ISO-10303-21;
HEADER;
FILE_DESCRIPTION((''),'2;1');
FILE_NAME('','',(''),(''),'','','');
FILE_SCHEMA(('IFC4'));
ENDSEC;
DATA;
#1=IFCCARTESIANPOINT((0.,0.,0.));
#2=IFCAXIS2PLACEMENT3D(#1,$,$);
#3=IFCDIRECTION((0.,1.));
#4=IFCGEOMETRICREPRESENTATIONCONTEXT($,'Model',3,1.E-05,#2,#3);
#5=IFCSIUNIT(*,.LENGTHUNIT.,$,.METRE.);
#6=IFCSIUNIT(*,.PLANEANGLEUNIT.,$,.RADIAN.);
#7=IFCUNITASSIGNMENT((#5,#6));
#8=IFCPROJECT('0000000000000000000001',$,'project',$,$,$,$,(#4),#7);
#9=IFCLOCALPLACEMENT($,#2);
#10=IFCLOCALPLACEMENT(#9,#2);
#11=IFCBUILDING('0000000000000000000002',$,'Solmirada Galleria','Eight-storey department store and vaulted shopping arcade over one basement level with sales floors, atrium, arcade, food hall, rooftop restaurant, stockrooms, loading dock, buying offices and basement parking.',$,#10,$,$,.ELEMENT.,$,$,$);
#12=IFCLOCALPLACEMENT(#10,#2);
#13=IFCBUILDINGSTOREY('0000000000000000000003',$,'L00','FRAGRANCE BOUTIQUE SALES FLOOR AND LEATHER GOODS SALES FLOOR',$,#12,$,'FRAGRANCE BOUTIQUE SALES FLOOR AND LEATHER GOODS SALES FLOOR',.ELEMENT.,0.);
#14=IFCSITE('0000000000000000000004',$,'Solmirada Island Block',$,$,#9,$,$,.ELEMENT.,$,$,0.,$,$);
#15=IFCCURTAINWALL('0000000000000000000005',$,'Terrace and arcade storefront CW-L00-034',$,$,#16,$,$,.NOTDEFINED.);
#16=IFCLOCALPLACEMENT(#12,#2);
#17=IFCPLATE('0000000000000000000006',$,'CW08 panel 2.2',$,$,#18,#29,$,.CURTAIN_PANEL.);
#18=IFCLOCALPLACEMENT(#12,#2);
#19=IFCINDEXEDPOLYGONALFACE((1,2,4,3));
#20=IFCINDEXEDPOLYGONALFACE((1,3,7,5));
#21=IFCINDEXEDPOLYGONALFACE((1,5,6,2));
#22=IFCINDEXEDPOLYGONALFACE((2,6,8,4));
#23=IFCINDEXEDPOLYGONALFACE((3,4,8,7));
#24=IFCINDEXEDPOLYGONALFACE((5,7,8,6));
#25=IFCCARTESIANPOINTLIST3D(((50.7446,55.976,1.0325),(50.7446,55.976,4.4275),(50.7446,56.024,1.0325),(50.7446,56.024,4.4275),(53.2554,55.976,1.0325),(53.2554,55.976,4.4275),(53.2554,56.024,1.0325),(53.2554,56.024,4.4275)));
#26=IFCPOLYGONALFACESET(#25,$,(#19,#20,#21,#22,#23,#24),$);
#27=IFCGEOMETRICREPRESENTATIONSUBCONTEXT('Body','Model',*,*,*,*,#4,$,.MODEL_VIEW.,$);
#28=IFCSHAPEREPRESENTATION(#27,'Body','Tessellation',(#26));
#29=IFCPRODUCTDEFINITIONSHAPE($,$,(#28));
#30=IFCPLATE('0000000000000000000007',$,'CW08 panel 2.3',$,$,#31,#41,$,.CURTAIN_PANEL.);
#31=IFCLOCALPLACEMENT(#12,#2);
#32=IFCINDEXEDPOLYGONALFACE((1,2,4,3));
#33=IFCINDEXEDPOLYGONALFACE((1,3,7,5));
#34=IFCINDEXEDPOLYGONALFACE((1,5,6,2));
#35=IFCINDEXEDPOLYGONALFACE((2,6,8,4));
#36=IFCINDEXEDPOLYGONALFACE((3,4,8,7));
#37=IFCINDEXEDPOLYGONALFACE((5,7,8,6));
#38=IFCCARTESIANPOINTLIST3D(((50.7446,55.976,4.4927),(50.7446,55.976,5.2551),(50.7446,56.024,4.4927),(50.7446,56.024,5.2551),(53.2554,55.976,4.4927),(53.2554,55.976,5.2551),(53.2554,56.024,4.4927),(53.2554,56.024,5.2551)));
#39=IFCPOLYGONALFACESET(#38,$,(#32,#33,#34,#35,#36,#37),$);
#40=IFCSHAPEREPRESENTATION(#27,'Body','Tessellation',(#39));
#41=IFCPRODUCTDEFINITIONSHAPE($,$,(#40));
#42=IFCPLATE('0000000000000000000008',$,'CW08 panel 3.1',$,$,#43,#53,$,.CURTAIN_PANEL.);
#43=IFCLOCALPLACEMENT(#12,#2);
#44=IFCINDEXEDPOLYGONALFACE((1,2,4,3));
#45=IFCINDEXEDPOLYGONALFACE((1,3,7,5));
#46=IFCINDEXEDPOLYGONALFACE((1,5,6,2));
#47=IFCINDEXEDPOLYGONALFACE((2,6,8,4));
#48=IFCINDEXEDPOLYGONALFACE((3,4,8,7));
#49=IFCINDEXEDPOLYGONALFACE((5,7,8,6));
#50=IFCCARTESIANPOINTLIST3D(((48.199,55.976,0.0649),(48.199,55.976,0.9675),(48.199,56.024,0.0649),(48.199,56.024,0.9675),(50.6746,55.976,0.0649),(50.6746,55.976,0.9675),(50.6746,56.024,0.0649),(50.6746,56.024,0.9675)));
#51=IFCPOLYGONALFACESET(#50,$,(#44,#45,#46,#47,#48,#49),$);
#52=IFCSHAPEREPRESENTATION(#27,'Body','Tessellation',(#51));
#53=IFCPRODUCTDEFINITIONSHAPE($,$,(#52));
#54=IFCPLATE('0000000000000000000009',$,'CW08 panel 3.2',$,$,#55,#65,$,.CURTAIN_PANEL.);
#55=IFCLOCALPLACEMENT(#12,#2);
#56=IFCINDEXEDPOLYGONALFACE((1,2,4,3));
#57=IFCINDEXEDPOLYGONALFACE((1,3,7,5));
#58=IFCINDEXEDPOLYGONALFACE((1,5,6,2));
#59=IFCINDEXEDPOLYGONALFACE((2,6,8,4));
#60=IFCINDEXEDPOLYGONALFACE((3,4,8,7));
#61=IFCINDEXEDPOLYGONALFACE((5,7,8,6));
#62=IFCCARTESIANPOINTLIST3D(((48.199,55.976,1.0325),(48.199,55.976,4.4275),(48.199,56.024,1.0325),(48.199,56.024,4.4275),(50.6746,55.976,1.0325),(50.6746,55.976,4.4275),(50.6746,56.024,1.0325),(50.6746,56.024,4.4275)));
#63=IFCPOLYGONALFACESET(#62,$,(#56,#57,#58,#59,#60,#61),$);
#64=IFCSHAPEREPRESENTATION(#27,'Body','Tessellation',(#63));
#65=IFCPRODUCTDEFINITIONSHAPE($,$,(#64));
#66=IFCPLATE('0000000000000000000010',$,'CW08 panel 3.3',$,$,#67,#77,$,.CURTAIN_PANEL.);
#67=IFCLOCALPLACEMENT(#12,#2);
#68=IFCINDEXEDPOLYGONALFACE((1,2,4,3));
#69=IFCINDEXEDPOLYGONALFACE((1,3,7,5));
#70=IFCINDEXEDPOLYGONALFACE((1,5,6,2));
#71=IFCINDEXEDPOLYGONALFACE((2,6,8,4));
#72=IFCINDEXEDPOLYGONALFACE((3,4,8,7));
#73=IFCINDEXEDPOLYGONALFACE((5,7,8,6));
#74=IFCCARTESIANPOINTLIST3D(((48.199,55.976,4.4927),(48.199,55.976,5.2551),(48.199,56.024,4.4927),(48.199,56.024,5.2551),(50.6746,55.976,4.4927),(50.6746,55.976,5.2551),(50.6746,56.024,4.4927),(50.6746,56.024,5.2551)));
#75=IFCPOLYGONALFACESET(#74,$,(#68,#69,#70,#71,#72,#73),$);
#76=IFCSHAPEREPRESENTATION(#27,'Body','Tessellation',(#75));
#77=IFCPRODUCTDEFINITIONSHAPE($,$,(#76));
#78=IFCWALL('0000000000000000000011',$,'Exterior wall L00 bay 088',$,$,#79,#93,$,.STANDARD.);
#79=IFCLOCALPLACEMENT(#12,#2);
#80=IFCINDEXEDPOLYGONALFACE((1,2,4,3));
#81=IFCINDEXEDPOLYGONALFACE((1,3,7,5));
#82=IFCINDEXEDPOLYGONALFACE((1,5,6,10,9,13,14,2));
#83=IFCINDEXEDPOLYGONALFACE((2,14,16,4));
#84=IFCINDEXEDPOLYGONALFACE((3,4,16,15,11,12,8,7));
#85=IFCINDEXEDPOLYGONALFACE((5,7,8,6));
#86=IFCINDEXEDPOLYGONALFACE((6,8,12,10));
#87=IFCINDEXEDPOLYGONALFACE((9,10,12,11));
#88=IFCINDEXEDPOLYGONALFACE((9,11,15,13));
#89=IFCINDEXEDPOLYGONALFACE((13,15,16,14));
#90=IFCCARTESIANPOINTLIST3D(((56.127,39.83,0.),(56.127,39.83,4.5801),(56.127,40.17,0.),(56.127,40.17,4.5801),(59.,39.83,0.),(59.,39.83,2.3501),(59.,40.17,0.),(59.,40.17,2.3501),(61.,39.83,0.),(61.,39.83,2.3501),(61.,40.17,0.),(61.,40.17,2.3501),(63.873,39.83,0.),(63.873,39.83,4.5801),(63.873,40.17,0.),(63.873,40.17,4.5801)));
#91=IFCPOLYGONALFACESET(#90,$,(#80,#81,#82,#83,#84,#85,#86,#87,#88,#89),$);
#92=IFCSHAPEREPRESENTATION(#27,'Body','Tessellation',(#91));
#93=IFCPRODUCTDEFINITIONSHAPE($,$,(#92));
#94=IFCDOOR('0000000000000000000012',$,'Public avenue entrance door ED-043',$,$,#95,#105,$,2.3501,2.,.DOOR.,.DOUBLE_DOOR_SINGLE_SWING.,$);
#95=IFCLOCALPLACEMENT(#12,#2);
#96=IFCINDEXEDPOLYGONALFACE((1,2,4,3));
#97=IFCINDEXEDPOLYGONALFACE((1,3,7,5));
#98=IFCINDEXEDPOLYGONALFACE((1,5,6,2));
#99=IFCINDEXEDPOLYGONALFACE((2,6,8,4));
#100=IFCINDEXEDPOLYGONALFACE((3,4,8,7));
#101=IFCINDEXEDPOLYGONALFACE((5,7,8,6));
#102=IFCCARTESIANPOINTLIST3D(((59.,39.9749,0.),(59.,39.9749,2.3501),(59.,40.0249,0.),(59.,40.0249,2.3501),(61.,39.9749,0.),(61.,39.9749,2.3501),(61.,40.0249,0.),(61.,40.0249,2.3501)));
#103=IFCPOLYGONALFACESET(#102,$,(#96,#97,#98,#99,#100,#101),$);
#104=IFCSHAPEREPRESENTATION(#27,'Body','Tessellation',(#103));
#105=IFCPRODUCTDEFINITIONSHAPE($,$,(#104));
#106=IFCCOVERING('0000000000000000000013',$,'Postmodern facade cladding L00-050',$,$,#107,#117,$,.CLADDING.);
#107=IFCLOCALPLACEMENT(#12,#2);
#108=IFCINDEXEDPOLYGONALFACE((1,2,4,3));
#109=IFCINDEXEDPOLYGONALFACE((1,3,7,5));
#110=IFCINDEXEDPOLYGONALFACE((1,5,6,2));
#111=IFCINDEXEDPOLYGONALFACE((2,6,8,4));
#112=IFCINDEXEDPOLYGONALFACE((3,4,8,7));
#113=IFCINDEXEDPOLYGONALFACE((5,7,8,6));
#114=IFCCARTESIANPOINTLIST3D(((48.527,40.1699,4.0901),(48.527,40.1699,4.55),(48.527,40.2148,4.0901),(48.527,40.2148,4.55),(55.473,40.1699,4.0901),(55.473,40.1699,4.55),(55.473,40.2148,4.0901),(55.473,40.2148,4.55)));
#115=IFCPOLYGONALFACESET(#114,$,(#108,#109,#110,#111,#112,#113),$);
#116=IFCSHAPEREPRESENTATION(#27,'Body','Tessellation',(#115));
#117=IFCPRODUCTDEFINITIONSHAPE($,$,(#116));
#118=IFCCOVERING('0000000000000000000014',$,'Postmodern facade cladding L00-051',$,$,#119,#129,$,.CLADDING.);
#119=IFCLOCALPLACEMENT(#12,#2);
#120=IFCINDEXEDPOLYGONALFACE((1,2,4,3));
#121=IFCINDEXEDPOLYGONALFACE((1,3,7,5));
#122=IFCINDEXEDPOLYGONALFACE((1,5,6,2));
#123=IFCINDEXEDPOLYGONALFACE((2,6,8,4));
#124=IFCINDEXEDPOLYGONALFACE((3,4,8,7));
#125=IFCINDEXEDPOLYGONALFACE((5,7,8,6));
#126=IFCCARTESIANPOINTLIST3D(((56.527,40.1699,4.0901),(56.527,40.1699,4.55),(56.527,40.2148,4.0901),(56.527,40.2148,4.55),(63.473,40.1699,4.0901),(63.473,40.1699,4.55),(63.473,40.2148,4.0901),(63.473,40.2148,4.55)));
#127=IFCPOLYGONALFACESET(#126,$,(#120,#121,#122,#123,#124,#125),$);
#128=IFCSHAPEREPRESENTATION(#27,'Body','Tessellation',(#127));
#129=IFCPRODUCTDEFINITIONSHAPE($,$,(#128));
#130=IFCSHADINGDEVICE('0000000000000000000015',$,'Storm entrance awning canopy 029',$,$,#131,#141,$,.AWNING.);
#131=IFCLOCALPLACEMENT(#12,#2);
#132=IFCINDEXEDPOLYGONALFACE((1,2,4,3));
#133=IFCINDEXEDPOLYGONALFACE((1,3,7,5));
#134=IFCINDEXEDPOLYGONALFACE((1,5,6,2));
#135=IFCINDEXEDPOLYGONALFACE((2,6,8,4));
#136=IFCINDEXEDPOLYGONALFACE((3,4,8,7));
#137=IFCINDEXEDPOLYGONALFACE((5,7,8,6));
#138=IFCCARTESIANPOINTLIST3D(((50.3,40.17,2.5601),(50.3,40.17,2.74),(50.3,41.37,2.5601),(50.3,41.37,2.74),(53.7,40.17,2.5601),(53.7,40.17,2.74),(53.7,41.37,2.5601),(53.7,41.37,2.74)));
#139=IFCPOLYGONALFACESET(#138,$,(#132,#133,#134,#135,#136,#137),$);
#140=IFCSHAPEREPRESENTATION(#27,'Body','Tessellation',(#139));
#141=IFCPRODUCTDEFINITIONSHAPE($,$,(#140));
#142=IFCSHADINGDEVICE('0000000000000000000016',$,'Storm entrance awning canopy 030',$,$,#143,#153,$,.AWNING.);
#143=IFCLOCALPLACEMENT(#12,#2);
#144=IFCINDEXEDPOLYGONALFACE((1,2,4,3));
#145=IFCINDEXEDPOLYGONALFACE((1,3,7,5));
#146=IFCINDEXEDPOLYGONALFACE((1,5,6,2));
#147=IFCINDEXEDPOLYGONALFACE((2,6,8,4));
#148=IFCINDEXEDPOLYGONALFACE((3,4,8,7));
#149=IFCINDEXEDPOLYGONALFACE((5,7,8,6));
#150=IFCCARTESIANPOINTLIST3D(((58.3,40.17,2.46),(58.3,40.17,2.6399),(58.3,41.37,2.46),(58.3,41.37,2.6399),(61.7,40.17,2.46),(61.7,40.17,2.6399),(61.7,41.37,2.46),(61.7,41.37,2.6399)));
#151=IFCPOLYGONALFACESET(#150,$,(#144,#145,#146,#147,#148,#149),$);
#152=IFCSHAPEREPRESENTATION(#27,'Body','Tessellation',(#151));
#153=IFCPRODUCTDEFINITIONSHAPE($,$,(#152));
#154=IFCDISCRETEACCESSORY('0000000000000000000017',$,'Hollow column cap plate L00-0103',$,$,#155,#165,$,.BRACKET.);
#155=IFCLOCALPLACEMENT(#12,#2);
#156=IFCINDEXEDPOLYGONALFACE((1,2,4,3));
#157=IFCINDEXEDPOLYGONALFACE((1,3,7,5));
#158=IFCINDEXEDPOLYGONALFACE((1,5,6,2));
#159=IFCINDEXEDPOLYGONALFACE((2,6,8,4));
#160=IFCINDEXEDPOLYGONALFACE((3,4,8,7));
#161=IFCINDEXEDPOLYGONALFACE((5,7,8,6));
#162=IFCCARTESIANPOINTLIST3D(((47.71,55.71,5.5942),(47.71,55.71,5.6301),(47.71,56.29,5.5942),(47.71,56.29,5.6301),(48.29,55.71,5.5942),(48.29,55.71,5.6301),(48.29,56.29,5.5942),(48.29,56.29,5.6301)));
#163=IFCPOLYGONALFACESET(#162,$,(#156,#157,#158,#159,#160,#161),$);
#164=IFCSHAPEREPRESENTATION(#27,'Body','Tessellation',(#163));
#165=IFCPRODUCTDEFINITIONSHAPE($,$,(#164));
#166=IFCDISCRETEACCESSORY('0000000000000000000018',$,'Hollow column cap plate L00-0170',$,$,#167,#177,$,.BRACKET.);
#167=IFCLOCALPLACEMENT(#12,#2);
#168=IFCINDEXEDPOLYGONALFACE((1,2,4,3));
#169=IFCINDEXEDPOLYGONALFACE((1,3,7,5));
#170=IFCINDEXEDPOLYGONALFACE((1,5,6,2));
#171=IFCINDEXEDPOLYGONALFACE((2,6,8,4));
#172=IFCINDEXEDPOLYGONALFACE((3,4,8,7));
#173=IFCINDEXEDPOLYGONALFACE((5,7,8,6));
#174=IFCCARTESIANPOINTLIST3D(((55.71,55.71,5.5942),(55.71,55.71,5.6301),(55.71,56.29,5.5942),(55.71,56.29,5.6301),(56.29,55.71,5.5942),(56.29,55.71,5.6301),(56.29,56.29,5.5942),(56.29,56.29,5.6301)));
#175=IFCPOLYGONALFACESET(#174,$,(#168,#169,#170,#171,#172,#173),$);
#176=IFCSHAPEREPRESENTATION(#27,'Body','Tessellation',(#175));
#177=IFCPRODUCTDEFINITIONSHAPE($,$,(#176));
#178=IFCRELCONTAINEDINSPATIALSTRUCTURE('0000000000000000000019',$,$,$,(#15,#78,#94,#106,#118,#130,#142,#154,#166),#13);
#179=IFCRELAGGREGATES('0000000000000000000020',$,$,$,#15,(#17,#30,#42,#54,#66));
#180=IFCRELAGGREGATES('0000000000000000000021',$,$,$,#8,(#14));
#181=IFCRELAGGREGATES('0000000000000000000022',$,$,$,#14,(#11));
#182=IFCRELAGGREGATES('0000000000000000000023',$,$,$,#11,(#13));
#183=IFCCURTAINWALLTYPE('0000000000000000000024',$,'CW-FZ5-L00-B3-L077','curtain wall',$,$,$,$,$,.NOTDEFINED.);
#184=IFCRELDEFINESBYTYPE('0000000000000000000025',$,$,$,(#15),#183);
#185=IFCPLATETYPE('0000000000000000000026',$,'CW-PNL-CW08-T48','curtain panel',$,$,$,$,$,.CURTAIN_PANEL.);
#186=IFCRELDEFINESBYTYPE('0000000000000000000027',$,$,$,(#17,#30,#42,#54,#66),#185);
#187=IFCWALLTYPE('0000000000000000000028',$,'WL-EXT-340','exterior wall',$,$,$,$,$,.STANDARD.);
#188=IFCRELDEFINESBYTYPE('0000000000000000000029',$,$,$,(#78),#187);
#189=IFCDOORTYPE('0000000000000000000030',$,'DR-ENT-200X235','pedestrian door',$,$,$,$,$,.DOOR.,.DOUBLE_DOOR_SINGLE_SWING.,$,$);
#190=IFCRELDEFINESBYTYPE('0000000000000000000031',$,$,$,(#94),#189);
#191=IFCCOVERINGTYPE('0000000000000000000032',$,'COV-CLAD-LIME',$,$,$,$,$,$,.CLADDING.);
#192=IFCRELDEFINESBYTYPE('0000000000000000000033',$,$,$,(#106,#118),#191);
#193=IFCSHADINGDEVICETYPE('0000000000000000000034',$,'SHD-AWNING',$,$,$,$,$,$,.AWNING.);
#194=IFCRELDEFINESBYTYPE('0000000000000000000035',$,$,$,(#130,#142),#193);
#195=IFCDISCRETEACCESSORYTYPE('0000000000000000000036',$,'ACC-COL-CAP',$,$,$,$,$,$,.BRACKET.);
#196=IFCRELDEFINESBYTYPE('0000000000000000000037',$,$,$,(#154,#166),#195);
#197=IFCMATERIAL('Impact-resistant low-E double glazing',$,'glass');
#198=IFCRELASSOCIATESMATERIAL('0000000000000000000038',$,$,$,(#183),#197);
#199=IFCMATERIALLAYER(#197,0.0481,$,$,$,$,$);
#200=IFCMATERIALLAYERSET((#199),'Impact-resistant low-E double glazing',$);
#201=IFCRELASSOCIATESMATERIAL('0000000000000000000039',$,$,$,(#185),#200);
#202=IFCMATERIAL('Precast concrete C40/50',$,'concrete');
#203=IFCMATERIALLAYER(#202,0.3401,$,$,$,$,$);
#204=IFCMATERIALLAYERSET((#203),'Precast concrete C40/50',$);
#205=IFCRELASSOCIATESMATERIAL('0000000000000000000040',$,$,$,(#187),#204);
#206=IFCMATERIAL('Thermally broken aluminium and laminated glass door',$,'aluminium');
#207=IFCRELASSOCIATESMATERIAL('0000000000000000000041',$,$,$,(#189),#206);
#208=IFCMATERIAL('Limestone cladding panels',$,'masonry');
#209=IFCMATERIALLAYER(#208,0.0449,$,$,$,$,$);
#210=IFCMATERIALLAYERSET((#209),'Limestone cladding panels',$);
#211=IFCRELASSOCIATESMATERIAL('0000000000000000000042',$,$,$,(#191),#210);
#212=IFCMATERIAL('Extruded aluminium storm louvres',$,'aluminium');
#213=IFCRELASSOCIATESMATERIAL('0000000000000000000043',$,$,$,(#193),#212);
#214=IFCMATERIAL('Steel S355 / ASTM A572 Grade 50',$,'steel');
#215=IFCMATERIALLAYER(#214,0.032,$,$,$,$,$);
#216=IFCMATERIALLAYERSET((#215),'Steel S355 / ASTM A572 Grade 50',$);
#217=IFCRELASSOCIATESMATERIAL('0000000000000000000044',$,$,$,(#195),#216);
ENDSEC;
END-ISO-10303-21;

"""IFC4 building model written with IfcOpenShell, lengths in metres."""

from ifc_helpers import new_model, si_unit, direction, frame, frame_2d, origin, origin_2d, place, context, subcontext, project, spatial, rectangle, extrude, material, layer, layer_set, type_object, element, fill, aggregate, save


model = new_model("IFC4")

# Units and contexts
model_context = context("Model", 3, precision=1e-05, world=origin(), true_north=direction((0.0, 1.0)))
body_context = subcontext(model_context, "Body", "Model", "MODEL_VIEW")
ifc_project = project(units=[si_unit("LENGTHUNIT", "METRE"), si_unit("PLANEANGLEUNIT", "RADIAN")], contexts=[model_context])

# Site, building, storey
site_placement = place(None, origin())
site = spatial("IfcSite", under=ifc_project, at=site_placement, Name="Solmirada Island Block", CompositionType="ELEMENT", RefElevation=0.0)
building_placement = place(site_placement, origin())
building = spatial("IfcBuilding", under=site, at=building_placement, Name="Solmirada Galleria", Description="Eight-storey department store and vaulted shopping arcade over one basement level with sales floors, atrium, arcade, food hall, rooftop restaurant, stockrooms, loading dock, buying offices and basement parking.", CompositionType="ELEMENT")
storey_placement = place(building_placement, origin())
storey = spatial("IfcBuildingStorey", under=building, at=storey_placement, Name="L00", Description="FRAGRANCE BOUTIQUE SALES FLOOR AND LEATHER GOODS SALES FLOOR", LongName="FRAGRANCE BOUTIQUE SALES FLOOR AND LEATHER GOODS SALES FLOOR", CompositionType="ELEMENT", Elevation=0.0)

# Curtain wall, plates
ifc_material_1 = material(Name="Impact-resistant low-E double glazing", Category="glass")
curtain_wall_type = type_object("IfcCurtainWallType", Name="CW-FZ5-L00-B3-L077", Description="curtain wall", PredefinedType="NOTDEFINED", material=ifc_material_1)
curtain_wall_placement = place(storey_placement, origin())
curtain_wall = element("IfcCurtainWall", 1, at=curtain_wall_placement, inside=storey, type_object=curtain_wall_type, Name="Terrace and arcade storefront CW-L00-034", PredefinedType="NOTDEFINED")
ifc_layer_1 = layer(ifc_material_1, 0.0481)
ifc_layer_set_1 = layer_set([ifc_layer_1], Name="Impact-resistant low-E double glazing")
plate_type = type_object("IfcPlateType", Name="CW-PNL-CW08-T48", Description="curtain panel", PredefinedType="CURTAIN_PANEL", material=ifc_layer_set_1)
plate_1_placement = place(storey_placement, frame((52.0, 56.0, 1.0325), z_axis=(0.0, 0.0, 1.0), x_axis=(-1.0, 0.0, 0.0)))
plate_1 = element("IfcPlate", 2, at=plate_1_placement, type_object=plate_type, Name="CW08 panel 2.2", PredefinedType="CURTAIN_PANEL", context=body_context, shape_type="SweptSolid", body=[
    extrude(rectangle(XDim=2.5107, YDim=0.0481, at=origin_2d()), origin(), (0.0, 0.0, 1.0), 3.395),
])
plate_2_placement = place(storey_placement, frame((52.0, 56.0, 4.4927), z_axis=(0.0, 0.0, 1.0), x_axis=(-1.0, 0.0, 0.0)))
plate_2 = element("IfcPlate", 3, at=plate_2_placement, type_object=plate_type, Name="CW08 panel 2.3", PredefinedType="CURTAIN_PANEL", context=body_context, shape_type="SweptSolid", body=[
    extrude(rectangle(XDim=2.5107, YDim=0.0481, at=origin_2d()), origin(), (0.0, 0.0, 1.0), 0.7625),
])
plate_3_placement = place(storey_placement, frame((49.4368, 56.0, 0.0649), z_axis=(0.0, 0.0, 1.0), x_axis=(-1.0, 0.0, 0.0)))
plate_3 = element("IfcPlate", 4, at=plate_3_placement, type_object=plate_type, Name="CW08 panel 3.1", PredefinedType="CURTAIN_PANEL", context=body_context, shape_type="SweptSolid", body=[
    extrude(rectangle(XDim=2.4756, YDim=0.0481, at=origin_2d()), origin(), (0.0, 0.0, 1.0), 0.9026),
])
plate_4_placement = place(storey_placement, frame((49.4368, 56.0, 1.0325), z_axis=(0.0, 0.0, 1.0), x_axis=(-1.0, 0.0, 0.0)))
plate_4 = element("IfcPlate", 5, at=plate_4_placement, type_object=plate_type, Name="CW08 panel 3.2", PredefinedType="CURTAIN_PANEL", context=body_context, shape_type="SweptSolid", body=[
    extrude(rectangle(XDim=2.4756, YDim=0.0481, at=origin_2d()), origin(), (0.0, 0.0, 1.0), 3.395),
])
plate_5_placement = place(storey_placement, frame((49.4368, 56.0, 4.4927), z_axis=(0.0, 0.0, 1.0), x_axis=(-1.0, 0.0, 0.0)))
plate_5 = element("IfcPlate", 6, at=plate_5_placement, type_object=plate_type, Name="CW08 panel 3.3", PredefinedType="CURTAIN_PANEL", context=body_context, shape_type="SweptSolid", body=[
    extrude(rectangle(XDim=2.4756, YDim=0.0481, at=origin_2d()), origin(), (0.0, 0.0, 1.0), 0.7625),
])
aggregate(curtain_wall, [plate_1, plate_2, plate_3, plate_4, plate_5])

# Wall, opening, door
ifc_material_2 = material(Name="Precast concrete C40/50", Category="concrete")
ifc_layer_2 = layer(ifc_material_2, 0.3401)
ifc_layer_set_2 = layer_set([ifc_layer_2], Name="Precast concrete C40/50")
wall_type = type_object("IfcWallType", Name="WL-EXT-340", Description="exterior wall", PredefinedType="STANDARD", material=ifc_layer_set_2)
wall_placement = place(storey_placement, frame((56.127, 40.0, 0.0), z_axis=(0.0, 0.0, 1.0), x_axis=(1.0, 0.0, 0.0)))
wall = element("IfcWall", 7, at=wall_placement, inside=storey, type_object=wall_type, Name="Exterior wall L00 bay 088", PredefinedType="STANDARD", context=body_context, shape_type="SweptSolid", body=[
    extrude(rectangle(XDim=7.7461, YDim=0.3401, at=frame_2d((3.873, 0.0))), origin(), (0.0, 0.0, 1.0), 4.5801),
])
opening_placement = place(wall_placement, frame((2.873, 0.0, 0.0)))
opening = element("IfcOpeningElement", 8, at=opening_placement, cuts=wall, PredefinedType="OPENING", context=body_context, shape_type="SweptSolid", body=[
    extrude(rectangle(XDim=2.0, YDim=2.3501, at=frame_2d((1.0, 1.175))), frame((0.0, 0.1799, 0.0), z_axis=(0.0, -1.0, 0.0), x_axis=(1.0, 0.0, 0.0)), (0.0, 0.0, 1.0), 0.3601),
])
ifc_material_3 = material(Name="Thermally broken aluminium and laminated glass door", Category="aluminium")
door_type = type_object("IfcDoorType", Name="DR-ENT-200X235", Description="pedestrian door", OperationType="DOUBLE_DOOR_SINGLE_SWING", PredefinedType="DOOR", material=ifc_material_3)
door_placement = place(opening_placement, origin())
door = element("IfcDoor", 9, at=door_placement, inside=storey, type_object=door_type, Name="Public avenue entrance door ED-043", OperationType="DOUBLE_DOOR_SINGLE_SWING", OverallHeight=2.3501, OverallWidth=2.0, PredefinedType="DOOR", context=body_context, shape_type="SweptSolid", body=[
    extrude(rectangle(XDim=2.0, YDim=2.3501, at=frame_2d((1.0, 1.175))), frame((0.0, 0.0249, 0.0), z_axis=(0.0, -1.0, 0.0), x_axis=(1.0, 0.0, 0.0)), (0.0, 0.0, 1.0), 0.05),
])
fill(opening, door)

# Coverings
ifc_material_4 = material(Name="Limestone cladding panels", Category="masonry")
ifc_layer_3 = layer(ifc_material_4, 0.0449)
ifc_layer_set_3 = layer_set([ifc_layer_3], Name="Limestone cladding panels")
covering_type = type_object("IfcCoveringType", Name="COV-CLAD-LIME", PredefinedType="CLADDING", material=ifc_layer_set_3)
for number, where, z_axis, x_axis, name in (
    (10, (52.0, 40.1924, 4.0901), (0.0, 0.0, 1.0), (1.0, 0.0, 0.0), "Postmodern facade cladding L00-050"),
    (11, (60.0, 40.1924, 4.0901), (0.0, 0.0, 1.0), (1.0, 0.0, 0.0), "Postmodern facade cladding L00-051"),
):
    element("IfcCovering", number, at=place(storey_placement, frame(where, z_axis=z_axis, x_axis=x_axis)), inside=storey, type_object=covering_type, Name=name, PredefinedType="CLADDING", context=body_context, shape_type="SweptSolid", body=[
        extrude(rectangle(XDim=6.946, YDim=0.0449, at=origin_2d()), origin(), (0.0, 0.0, 1.0), 0.46),
    ])

# Shading devices
ifc_material_5 = material(Name="Extruded aluminium storm louvres", Category="aluminium")
shading_device_type = type_object("IfcShadingDeviceType", Name="SHD-AWNING", PredefinedType="AWNING", material=ifc_material_5)
for number, where, z_axis, x_axis, name in (
    (12, (52.0, 40.77, 2.5601), (0.0, 0.0, 1.0), (1.0, 0.0, 0.0), "Storm entrance awning canopy 029"),
    (13, (60.0, 40.77, 2.46), (0.0, 0.0, 1.0), (1.0, 0.0, 0.0), "Storm entrance awning canopy 030"),
):
    element("IfcShadingDevice", number, at=place(storey_placement, frame(where, z_axis=z_axis, x_axis=x_axis)), inside=storey, type_object=shading_device_type, Name=name, PredefinedType="AWNING", context=body_context, shape_type="SweptSolid", body=[
        extrude(rectangle(XDim=3.3999, YDim=1.2, at=origin_2d()), origin(), (0.0, 0.0, 1.0), 0.1799),
    ])

# Discrete accessories
ifc_material_6 = material(Name="Steel S355 / ASTM A572 Grade 50", Category="steel")
ifc_layer_4 = layer(ifc_material_6, 0.032)
ifc_layer_set_4 = layer_set([ifc_layer_4], Name="Steel S355 / ASTM A572 Grade 50")
discrete_accessory_type = type_object("IfcDiscreteAccessoryType", Name="ACC-COL-CAP", PredefinedType="BRACKET", material=ifc_layer_set_4)
for number, where, z_axis, x_axis, name in (
    (14, (48.0, 56.0, 5.5942), (0.0, 0.0, 1.0), (1.0, 0.0, 0.0), "Hollow column cap plate L00-0103"),
    (15, (56.0, 56.0, 5.5942), (0.0, 0.0, 1.0), (1.0, 0.0, 0.0), "Hollow column cap plate L00-0170"),
):
    element("IfcDiscreteAccessory", number, at=place(storey_placement, frame(where, z_axis=z_axis, x_axis=x_axis)), inside=storey, type_object=discrete_accessory_type, Name=name, PredefinedType="BRACKET", context=body_context, shape_type="SweptSolid", body=[
        extrude(rectangle(XDim=0.5801, YDim=0.5801, at=origin_2d()), origin(), (0.0, 0.0, 1.0), 0.0359),
    ])

save(model, "model.ifc")
